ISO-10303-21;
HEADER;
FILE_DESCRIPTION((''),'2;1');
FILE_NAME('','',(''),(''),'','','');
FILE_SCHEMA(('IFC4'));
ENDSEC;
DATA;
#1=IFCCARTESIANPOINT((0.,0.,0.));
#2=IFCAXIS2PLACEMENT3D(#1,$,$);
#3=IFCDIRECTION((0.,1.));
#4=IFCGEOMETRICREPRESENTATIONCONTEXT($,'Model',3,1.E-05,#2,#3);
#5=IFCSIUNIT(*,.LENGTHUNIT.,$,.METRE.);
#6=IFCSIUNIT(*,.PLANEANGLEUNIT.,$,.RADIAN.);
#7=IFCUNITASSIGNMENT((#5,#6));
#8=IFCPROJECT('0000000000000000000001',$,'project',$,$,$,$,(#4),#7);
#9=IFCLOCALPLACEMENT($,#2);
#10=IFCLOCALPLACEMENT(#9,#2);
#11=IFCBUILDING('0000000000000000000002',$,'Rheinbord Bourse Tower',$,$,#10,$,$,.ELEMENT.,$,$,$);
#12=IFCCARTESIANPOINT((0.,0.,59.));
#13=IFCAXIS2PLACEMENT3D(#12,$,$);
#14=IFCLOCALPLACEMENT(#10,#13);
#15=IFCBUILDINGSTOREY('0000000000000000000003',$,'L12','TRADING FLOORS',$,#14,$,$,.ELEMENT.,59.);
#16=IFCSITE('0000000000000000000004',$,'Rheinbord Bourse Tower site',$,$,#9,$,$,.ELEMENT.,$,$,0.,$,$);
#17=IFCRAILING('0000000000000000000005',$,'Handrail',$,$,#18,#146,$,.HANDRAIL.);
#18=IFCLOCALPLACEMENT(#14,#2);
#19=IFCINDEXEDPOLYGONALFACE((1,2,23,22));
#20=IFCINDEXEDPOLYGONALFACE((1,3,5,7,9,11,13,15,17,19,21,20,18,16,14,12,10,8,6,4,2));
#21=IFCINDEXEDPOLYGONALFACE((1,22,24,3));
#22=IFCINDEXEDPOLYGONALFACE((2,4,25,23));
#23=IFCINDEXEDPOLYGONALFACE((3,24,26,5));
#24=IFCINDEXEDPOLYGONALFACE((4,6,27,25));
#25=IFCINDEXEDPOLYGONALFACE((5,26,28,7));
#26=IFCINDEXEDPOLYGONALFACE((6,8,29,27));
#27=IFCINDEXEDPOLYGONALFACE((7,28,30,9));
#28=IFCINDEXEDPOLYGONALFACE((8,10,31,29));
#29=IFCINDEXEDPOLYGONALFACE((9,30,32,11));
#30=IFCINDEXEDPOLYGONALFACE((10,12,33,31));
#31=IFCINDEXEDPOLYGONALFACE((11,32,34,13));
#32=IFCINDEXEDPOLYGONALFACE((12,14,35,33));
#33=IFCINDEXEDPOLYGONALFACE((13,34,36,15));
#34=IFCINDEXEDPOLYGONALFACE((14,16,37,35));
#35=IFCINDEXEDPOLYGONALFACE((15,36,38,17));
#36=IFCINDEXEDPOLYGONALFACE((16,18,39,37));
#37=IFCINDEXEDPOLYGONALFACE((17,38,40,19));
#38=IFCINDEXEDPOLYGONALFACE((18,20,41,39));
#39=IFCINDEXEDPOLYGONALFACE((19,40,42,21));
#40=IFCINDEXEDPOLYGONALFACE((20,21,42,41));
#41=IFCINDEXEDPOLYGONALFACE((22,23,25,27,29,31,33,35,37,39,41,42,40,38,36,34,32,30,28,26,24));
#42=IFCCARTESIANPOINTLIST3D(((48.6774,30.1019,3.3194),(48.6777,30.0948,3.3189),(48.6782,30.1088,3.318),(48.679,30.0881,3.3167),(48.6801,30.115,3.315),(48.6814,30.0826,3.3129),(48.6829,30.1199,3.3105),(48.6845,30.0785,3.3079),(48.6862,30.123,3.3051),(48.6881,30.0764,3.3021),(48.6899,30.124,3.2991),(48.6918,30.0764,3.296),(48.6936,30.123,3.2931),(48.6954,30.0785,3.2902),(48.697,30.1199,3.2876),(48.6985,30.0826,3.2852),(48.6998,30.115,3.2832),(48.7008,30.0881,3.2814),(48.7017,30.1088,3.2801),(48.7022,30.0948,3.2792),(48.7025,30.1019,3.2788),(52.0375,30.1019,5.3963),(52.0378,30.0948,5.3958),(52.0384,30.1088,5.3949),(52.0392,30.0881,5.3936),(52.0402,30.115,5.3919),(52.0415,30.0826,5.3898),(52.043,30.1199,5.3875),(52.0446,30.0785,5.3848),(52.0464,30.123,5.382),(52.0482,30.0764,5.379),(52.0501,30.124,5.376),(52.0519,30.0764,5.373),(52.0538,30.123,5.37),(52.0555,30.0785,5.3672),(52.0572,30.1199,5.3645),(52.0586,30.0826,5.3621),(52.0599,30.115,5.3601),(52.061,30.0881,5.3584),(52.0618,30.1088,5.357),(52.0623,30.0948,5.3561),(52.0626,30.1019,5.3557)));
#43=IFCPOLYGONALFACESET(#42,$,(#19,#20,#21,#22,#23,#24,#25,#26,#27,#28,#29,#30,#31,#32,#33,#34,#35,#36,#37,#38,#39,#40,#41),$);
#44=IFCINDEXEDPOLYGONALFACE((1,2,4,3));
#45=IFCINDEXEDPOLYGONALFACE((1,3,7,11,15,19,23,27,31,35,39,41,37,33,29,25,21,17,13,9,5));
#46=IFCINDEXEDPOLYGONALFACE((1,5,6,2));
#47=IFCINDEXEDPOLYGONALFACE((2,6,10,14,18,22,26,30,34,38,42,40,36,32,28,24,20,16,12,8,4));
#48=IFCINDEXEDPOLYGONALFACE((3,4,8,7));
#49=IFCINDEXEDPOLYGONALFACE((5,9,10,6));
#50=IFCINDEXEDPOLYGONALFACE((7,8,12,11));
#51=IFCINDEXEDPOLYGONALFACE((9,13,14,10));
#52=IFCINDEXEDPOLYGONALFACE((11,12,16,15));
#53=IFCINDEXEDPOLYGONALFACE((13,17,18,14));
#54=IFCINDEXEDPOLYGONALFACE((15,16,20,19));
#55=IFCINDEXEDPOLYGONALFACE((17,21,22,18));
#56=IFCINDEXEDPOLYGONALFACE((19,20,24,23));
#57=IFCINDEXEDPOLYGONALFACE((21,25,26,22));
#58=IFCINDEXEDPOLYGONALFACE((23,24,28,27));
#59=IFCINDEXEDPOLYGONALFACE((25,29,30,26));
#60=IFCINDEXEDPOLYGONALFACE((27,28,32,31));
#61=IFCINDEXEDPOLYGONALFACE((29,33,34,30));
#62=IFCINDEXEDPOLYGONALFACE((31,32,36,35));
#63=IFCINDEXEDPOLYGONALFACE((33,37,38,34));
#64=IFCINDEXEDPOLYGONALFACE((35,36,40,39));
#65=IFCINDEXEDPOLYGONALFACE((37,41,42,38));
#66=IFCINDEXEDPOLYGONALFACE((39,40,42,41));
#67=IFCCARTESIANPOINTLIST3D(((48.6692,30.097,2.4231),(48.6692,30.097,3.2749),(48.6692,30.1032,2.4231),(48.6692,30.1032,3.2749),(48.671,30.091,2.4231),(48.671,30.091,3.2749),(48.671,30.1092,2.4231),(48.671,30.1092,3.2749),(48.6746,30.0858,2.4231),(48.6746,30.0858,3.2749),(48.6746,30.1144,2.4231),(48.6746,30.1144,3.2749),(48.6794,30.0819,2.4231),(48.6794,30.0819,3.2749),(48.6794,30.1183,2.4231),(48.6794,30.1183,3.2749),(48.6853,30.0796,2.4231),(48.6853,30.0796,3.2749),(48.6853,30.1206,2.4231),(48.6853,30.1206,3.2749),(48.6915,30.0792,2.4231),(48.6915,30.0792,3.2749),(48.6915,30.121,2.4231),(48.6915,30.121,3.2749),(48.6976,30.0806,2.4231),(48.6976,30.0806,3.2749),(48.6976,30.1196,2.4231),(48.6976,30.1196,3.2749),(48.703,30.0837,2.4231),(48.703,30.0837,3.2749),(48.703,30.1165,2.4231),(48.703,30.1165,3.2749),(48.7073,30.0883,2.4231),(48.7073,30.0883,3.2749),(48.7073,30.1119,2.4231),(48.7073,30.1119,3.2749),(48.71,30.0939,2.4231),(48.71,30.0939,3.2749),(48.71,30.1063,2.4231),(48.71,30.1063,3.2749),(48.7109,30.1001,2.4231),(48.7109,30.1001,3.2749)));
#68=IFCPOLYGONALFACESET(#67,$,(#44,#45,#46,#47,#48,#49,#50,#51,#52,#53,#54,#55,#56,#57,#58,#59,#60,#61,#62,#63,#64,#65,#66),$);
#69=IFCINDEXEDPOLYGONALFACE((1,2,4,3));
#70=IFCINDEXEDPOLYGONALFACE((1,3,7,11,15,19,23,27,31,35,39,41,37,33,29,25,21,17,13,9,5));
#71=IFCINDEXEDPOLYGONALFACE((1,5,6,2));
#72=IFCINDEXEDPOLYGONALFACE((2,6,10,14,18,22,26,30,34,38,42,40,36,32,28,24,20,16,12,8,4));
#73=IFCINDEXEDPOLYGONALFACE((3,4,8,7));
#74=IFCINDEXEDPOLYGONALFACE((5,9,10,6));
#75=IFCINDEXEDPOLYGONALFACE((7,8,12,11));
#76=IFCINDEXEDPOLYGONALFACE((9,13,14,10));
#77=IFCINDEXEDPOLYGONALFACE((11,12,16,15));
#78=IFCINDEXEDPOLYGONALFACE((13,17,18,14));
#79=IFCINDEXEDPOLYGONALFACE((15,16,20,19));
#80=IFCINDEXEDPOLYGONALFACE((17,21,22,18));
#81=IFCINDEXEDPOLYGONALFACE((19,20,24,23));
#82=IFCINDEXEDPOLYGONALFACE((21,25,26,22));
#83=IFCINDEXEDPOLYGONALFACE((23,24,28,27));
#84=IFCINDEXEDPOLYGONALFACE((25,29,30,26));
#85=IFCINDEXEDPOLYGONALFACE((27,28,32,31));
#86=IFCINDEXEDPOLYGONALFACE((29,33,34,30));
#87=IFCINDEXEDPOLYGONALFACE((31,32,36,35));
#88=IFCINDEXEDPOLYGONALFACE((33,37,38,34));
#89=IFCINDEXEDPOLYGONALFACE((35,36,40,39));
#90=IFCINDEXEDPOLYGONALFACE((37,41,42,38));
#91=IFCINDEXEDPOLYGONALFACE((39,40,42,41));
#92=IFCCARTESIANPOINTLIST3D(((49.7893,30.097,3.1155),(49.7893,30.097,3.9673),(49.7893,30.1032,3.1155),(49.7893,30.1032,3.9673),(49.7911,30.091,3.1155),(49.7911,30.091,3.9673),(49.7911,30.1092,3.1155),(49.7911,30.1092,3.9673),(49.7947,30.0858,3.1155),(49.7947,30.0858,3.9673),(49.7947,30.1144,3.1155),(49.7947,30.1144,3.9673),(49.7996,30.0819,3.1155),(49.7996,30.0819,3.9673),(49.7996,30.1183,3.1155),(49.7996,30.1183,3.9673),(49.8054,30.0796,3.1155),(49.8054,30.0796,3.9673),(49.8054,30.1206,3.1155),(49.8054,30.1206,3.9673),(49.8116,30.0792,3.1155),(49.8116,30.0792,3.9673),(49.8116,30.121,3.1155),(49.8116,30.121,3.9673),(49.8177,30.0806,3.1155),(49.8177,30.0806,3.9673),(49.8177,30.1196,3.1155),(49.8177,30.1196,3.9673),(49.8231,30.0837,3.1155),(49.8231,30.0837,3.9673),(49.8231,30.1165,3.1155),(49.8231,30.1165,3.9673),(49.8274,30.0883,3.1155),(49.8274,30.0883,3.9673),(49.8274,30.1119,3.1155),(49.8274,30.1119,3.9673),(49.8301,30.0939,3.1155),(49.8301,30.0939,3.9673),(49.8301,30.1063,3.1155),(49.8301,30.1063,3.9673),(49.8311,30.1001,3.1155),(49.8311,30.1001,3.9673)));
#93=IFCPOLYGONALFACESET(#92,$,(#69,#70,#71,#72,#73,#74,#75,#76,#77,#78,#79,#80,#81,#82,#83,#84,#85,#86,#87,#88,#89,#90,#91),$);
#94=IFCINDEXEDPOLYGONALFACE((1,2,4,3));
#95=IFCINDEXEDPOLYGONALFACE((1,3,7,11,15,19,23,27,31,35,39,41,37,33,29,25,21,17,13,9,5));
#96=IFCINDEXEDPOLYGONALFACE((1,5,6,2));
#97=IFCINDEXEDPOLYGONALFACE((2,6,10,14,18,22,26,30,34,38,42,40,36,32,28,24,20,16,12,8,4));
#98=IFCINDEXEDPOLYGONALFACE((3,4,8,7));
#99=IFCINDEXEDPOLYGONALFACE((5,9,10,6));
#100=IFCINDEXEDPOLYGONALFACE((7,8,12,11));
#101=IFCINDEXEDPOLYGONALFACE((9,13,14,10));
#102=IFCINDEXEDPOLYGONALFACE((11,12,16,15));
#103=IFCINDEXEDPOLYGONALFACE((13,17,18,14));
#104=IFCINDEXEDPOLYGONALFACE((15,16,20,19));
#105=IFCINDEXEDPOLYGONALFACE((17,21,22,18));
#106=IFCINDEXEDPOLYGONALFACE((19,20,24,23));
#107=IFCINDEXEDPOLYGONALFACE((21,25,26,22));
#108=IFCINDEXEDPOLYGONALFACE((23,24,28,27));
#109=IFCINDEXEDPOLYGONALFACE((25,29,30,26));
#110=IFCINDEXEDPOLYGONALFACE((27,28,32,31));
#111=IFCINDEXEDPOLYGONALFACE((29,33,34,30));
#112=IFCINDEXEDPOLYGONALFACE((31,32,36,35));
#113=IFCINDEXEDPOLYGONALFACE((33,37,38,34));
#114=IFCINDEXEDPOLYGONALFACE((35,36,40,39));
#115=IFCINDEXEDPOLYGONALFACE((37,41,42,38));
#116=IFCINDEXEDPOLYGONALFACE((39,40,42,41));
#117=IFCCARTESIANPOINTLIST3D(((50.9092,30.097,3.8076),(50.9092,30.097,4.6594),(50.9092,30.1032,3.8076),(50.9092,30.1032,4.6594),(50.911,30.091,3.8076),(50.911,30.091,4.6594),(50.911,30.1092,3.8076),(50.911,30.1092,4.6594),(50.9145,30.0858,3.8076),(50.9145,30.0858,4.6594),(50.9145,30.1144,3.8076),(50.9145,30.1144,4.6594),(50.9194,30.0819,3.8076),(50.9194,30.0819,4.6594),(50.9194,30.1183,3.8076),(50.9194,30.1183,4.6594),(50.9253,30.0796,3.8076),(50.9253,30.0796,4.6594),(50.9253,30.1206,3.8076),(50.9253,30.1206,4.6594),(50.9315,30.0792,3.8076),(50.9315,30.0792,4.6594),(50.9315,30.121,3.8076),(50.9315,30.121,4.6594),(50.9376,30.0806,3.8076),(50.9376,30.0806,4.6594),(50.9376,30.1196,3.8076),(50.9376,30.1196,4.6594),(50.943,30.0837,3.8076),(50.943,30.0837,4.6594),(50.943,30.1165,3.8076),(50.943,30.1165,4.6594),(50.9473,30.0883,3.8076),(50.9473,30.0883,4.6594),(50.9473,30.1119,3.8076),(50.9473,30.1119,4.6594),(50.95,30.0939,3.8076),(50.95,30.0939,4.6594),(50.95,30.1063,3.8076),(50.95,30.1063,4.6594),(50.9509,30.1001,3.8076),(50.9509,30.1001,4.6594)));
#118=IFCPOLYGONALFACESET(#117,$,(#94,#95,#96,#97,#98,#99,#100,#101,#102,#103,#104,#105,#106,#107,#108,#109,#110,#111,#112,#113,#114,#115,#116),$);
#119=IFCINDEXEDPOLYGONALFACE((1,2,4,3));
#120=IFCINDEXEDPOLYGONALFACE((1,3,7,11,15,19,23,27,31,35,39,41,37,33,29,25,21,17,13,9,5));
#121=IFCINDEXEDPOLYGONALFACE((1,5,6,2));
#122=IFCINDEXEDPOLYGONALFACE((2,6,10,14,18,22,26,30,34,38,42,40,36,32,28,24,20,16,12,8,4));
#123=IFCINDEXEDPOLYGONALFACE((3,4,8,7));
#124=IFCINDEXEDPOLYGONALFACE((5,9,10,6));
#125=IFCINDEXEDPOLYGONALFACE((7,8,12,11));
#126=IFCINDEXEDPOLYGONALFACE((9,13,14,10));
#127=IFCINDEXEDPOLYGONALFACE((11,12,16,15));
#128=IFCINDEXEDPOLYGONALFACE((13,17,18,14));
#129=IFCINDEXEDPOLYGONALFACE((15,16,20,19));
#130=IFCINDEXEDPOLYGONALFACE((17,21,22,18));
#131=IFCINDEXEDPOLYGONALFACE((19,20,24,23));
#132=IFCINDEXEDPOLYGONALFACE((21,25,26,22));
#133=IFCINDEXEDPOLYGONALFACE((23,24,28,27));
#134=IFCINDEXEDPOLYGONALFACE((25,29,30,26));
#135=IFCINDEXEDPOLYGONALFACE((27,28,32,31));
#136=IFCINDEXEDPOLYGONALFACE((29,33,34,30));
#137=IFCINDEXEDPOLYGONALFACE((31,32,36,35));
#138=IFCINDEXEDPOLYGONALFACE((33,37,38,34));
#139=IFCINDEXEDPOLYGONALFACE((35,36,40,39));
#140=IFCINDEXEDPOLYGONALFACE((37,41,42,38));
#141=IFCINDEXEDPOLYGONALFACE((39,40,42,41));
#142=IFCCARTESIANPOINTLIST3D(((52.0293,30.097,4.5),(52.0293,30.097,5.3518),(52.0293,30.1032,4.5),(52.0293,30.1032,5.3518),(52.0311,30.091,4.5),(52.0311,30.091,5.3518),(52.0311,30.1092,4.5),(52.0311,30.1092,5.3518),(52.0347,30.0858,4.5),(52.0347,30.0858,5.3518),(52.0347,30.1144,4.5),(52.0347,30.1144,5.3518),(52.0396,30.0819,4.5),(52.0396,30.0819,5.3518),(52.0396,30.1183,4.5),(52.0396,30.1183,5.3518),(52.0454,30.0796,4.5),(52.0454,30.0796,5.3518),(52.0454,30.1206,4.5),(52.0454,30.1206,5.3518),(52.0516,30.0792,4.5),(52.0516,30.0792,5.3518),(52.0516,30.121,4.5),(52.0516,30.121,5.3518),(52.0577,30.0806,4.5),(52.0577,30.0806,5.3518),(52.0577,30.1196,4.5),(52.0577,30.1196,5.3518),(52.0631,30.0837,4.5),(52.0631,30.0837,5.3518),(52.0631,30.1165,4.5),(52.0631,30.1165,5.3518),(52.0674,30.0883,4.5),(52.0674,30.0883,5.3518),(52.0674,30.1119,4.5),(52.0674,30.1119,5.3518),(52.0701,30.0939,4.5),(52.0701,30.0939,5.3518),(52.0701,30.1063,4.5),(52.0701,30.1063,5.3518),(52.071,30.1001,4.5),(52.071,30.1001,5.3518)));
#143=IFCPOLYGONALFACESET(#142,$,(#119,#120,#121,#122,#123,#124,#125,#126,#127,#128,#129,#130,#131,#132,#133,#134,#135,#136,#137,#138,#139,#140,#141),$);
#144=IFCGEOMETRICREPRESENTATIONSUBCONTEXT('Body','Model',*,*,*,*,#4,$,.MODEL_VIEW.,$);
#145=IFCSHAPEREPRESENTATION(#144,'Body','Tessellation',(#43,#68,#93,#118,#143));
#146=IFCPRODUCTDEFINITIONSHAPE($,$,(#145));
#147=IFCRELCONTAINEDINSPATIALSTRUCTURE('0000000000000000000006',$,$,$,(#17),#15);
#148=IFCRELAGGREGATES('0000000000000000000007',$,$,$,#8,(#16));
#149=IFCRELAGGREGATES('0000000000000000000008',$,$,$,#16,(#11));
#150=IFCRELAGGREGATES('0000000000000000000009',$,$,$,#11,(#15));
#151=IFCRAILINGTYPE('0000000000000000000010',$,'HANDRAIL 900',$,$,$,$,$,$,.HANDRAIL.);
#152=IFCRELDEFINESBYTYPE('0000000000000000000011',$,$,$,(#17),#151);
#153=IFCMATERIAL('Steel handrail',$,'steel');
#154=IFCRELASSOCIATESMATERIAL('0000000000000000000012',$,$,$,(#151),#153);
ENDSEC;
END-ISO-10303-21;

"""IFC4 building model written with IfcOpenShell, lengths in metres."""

from ifc_helpers import new_model, si_unit, direction, frame, origin, origin_2d, place, context, subcontext, project, spatial, circle, extrude, material, type_object, element, save


model = new_model("IFC4")

# Units and contexts
model_context = context("Model", 3, precision=1e-05, world=origin(), true_north=direction((0.0, 1.0)))
body_context = subcontext(model_context, "Body", "Model", "MODEL_VIEW")
ifc_project = project(units=[si_unit("LENGTHUNIT", "METRE"), si_unit("PLANEANGLEUNIT", "RADIAN")], contexts=[model_context])

# Site, building, storey
site_placement = place(None, origin())
site = spatial("IfcSite", under=ifc_project, at=site_placement, Name="Rheinbord Bourse Tower site", CompositionType="ELEMENT", RefElevation=0.0)
building_placement = place(site_placement, origin())
building = spatial("IfcBuilding", under=site, at=building_placement, Name="Rheinbord Bourse Tower", CompositionType="ELEMENT")
storey_placement = place(building_placement, frame((0.0, 0.0, 59.0)))
storey = spatial("IfcBuildingStorey", under=building, at=storey_placement, Name="L12", Description="TRADING FLOORS", CompositionType="ELEMENT", Elevation=59.0)

# Railing
ifc_material_1 = material(Name="Steel handrail", Category="steel")
railing_type = type_object("IfcRailingType", Name="HANDRAIL 900", PredefinedType="HANDRAIL", material=ifc_material_1)
railing_1_placement = place(storey_placement, frame((48.6899, 30.1001, 2.4231)))
element("IfcRailing", 1, at=railing_1_placement, inside=storey, type_object=railing_type, Name="Handrail", PredefinedType="HANDRAIL", context=body_context, shape_type="SweptSolid", body=[
    extrude(circle(Radius=0.0239, at=origin_2d()), frame((0.0, 0.0, 0.876), z_axis=(0.850623, 0.0, 0.525776), x_axis=(0.0, 1.0, 0.0)), (0.0, 0.0, 1.0), 3.9502),
    extrude(circle(Radius=0.021, at=origin_2d()), origin(), (0.0, 0.0, 1.0), 0.8518),
    extrude(circle(Radius=0.021, at=origin_2d()), frame((1.1201, 0.0, 0.6924)), (0.0, 0.0, 1.0), 0.8518),
    extrude(circle(Radius=0.021, at=origin_2d()), frame((2.24, 0.0, 1.3845)), (0.0, 0.0, 1.0), 0.8518),
    extrude(circle(Radius=0.021, at=origin_2d()), frame((3.3601, 0.0, 2.0769)), (0.0, 0.0, 1.0), 0.8518),
])

save(model, "model.ifc")
